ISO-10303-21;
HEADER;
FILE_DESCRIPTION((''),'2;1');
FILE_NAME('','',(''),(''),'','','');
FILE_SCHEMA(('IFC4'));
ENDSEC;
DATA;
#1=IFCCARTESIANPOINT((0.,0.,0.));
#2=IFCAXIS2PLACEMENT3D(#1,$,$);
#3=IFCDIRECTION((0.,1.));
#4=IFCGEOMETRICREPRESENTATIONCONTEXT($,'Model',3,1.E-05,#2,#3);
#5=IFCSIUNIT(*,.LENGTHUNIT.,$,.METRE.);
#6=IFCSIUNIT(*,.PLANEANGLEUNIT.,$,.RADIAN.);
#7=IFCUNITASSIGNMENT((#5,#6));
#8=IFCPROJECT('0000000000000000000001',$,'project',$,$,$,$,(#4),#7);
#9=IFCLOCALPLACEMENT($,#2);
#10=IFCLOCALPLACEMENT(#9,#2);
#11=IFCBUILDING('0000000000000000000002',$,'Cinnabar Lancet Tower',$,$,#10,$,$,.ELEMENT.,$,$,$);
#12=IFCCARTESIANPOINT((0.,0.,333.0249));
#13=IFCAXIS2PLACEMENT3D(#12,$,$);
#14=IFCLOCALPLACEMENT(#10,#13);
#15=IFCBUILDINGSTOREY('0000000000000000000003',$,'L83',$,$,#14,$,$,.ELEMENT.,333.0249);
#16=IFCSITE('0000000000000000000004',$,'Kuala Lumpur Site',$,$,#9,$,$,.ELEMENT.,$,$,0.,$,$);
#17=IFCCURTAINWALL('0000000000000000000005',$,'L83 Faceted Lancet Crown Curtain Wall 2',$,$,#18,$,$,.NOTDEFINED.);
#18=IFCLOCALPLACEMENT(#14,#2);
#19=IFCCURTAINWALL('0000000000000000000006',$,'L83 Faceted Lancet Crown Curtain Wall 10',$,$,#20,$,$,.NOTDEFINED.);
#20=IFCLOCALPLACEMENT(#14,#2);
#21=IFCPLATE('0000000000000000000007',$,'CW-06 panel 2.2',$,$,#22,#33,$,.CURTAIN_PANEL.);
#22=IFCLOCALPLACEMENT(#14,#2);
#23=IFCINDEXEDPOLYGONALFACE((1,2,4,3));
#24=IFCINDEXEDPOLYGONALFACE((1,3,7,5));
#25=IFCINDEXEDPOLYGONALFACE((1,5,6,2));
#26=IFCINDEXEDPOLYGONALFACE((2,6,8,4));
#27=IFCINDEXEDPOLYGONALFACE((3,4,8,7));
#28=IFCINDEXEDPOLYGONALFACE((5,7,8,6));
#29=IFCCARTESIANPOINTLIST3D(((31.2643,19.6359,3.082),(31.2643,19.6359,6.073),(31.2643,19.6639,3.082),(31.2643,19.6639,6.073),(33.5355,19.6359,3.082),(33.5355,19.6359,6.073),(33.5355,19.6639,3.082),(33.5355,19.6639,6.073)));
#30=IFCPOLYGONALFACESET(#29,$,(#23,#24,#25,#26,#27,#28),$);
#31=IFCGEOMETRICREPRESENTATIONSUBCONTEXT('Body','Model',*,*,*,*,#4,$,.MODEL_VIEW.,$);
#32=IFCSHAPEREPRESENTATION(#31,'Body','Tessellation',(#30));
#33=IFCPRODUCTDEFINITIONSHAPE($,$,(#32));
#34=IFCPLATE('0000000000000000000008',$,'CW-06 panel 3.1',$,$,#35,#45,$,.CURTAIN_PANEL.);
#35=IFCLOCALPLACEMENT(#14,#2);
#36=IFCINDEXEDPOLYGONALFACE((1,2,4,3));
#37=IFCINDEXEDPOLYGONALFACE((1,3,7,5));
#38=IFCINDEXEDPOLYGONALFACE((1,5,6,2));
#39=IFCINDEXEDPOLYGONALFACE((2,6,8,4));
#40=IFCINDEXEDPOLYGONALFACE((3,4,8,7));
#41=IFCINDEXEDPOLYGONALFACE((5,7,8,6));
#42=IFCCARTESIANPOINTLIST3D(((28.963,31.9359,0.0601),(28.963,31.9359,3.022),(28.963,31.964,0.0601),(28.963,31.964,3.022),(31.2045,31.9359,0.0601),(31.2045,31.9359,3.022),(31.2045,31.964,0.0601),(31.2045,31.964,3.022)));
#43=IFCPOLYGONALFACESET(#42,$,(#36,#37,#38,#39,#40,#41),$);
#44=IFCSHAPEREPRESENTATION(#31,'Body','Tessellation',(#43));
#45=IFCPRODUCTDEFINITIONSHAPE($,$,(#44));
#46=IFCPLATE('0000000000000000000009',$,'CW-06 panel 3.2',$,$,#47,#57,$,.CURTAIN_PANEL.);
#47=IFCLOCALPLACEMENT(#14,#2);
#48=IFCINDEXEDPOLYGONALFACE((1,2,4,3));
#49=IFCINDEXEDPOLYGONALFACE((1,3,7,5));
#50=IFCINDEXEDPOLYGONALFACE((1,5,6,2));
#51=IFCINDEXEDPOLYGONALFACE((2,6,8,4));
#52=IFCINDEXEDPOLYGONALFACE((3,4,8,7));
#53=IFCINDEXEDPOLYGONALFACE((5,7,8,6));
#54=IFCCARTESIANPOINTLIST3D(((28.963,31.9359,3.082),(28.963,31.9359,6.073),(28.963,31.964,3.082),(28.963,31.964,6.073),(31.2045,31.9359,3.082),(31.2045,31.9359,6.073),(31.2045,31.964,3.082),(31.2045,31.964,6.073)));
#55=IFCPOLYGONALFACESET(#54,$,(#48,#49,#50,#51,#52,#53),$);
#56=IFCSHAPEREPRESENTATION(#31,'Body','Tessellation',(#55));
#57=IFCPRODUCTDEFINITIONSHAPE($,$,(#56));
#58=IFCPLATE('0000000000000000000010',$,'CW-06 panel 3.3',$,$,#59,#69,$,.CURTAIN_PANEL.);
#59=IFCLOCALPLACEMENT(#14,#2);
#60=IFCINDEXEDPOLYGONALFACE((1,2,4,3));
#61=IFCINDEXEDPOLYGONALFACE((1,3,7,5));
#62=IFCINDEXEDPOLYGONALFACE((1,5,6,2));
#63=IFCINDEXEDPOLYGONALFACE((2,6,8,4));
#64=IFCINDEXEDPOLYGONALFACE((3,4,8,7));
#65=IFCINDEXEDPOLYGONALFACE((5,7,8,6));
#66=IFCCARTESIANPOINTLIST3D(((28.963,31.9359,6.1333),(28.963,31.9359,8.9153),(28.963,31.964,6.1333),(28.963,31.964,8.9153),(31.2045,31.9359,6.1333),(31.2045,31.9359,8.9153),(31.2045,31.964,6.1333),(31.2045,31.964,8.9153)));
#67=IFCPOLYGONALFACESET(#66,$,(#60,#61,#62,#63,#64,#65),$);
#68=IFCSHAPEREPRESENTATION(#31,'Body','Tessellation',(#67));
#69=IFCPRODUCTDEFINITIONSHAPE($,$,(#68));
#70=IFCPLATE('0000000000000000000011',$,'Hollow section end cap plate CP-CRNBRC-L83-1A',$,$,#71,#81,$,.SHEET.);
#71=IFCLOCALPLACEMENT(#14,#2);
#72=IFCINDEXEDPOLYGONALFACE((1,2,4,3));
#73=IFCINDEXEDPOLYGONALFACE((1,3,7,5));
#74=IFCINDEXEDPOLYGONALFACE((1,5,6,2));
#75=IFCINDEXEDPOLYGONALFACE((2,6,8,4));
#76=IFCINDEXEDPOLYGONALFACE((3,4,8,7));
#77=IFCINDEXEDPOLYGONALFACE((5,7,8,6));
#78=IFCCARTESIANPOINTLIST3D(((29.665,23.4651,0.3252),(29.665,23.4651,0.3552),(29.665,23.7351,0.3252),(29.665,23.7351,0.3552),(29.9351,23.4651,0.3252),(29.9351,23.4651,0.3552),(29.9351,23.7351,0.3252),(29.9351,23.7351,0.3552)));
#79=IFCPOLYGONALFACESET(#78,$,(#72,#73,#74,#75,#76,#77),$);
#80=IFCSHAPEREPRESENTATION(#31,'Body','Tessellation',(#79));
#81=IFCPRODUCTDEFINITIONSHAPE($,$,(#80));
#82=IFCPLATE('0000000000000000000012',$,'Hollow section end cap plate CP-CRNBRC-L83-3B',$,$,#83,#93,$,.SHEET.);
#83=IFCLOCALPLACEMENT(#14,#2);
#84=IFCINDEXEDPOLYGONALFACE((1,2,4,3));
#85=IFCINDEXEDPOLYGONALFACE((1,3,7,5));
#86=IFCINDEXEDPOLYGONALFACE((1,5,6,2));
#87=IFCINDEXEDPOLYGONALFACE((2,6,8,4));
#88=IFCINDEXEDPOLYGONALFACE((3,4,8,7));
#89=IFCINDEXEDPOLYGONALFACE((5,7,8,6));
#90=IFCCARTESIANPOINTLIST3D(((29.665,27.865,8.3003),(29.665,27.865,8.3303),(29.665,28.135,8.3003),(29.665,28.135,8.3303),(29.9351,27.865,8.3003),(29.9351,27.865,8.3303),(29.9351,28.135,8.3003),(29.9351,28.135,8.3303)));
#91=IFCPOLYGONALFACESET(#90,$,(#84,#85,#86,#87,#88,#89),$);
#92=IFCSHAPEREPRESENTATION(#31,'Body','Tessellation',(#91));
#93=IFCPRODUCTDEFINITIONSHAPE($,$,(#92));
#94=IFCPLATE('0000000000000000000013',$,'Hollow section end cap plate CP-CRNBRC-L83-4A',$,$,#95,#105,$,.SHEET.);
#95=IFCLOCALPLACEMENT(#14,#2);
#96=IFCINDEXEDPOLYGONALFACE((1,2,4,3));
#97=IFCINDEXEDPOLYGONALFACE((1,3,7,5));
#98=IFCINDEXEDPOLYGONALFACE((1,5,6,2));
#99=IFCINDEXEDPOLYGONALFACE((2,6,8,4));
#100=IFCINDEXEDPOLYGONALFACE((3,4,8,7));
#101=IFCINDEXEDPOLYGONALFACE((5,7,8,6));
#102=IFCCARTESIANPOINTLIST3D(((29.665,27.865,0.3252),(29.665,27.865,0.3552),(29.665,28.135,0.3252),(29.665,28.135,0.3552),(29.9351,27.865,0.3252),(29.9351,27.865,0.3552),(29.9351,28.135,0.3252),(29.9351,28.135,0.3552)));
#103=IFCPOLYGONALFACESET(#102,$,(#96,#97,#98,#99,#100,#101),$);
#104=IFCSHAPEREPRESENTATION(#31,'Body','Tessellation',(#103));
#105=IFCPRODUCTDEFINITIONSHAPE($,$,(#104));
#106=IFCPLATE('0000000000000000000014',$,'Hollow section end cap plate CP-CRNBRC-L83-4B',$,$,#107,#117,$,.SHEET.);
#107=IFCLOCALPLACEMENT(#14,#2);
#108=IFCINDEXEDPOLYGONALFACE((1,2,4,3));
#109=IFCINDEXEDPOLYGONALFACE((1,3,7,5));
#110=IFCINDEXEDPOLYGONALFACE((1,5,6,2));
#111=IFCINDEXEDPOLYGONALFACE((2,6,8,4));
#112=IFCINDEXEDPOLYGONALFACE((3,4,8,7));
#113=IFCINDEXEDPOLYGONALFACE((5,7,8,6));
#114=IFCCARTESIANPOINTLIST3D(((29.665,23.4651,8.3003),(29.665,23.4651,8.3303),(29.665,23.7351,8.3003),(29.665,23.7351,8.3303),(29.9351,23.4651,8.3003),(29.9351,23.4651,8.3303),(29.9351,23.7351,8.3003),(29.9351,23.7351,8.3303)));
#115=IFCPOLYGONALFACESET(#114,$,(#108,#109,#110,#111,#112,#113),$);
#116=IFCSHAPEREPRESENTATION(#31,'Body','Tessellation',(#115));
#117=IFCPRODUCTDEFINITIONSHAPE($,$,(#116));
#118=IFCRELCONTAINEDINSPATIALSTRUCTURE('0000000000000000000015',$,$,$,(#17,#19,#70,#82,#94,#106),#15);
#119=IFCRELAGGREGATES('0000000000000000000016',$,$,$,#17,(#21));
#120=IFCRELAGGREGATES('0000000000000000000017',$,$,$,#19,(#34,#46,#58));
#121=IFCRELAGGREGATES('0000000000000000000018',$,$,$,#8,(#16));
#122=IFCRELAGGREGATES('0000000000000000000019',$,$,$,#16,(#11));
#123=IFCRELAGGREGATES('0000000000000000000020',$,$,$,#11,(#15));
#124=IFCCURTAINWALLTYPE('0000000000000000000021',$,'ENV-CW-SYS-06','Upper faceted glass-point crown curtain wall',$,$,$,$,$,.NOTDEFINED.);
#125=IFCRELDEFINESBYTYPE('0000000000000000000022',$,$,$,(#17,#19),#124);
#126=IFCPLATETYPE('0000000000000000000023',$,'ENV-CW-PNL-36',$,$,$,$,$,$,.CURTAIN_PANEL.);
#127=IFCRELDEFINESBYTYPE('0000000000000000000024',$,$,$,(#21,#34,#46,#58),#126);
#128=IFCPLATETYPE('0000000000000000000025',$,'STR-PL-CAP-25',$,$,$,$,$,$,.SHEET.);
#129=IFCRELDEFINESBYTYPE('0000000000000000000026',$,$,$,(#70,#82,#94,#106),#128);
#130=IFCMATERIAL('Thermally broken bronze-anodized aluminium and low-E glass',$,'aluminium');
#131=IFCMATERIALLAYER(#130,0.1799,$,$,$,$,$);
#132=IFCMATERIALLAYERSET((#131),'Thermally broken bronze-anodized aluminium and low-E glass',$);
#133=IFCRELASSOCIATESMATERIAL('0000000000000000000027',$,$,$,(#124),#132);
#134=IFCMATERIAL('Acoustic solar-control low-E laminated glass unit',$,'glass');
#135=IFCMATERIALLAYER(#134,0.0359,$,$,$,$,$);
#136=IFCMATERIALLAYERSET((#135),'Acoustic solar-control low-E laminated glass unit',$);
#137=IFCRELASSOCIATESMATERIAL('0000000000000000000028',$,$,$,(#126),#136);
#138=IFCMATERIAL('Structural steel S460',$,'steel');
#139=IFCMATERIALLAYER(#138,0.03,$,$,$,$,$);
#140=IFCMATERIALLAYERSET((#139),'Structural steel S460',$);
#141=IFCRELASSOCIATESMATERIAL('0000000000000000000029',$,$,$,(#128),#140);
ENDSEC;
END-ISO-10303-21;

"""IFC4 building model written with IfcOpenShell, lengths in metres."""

from ifc_helpers import new_model, si_unit, direction, frame, origin, origin_2d, place, context, subcontext, project, spatial, rectangle, extrude, material, layer, layer_set, type_object, element, aggregate, save


model = new_model("IFC4")

# Units and contexts
model_context = context("Model", 3, precision=1e-05, world=origin(), true_north=direction((0.0, 1.0)))
body_context = subcontext(model_context, "Body", "Model", "MODEL_VIEW")
ifc_project = project(units=[si_unit("LENGTHUNIT", "METRE"), si_unit("PLANEANGLEUNIT", "RADIAN")], contexts=[model_context])

# Site, building, storey
site_placement = place(None, origin())
site = spatial("IfcSite", under=ifc_project, at=site_placement, Name="Kuala Lumpur Site", CompositionType="ELEMENT", RefElevation=0.0)
building_placement = place(site_placement, origin())
building = spatial("IfcBuilding", under=site, at=building_placement, Name="Cinnabar Lancet Tower", CompositionType="ELEMENT")
storey_placement = place(building_placement, frame((0.0, 0.0, 333.0249)))
storey = spatial("IfcBuildingStorey", under=building, at=storey_placement, Name="L83", CompositionType="ELEMENT", Elevation=333.0249)

# Curtain walls
ifc_material_1 = material(Name="Thermally broken bronze-anodized aluminium and low-E glass", Category="aluminium")
ifc_layer_1 = layer(ifc_material_1, 0.1799)
ifc_layer_set_1 = layer_set([ifc_layer_1], Name="Thermally broken bronze-anodized aluminium and low-E glass")
curtain_wall_type = type_object("IfcCurtainWallType", Name="ENV-CW-SYS-06", Description="Upper faceted glass-point crown curtain wall", PredefinedType="NOTDEFINED", material=ifc_layer_set_1)
curtain_wall_1_placement = place(storey_placement, origin())
curtain_wall_1 = element("IfcCurtainWall", 1, at=curtain_wall_1_placement, inside=storey, type_object=curtain_wall_type, Name="L83 Faceted Lancet Crown Curtain Wall 2", PredefinedType="NOTDEFINED")
curtain_wall_2_placement = place(storey_placement, origin())
curtain_wall_2 = element("IfcCurtainWall", 2, at=curtain_wall_2_placement, inside=storey, type_object=curtain_wall_type, Name="L83 Faceted Lancet Crown Curtain Wall 10", PredefinedType="NOTDEFINED")

# Plates
ifc_material_2 = material(Name="Acoustic solar-control low-E laminated glass unit", Category="glass")
ifc_layer_2 = layer(ifc_material_2, 0.0359)
ifc_layer_set_2 = layer_set([ifc_layer_2], Name="Acoustic solar-control low-E laminated glass unit")
plate_type_1 = type_object("IfcPlateType", Name="ENV-CW-PNL-36", PredefinedType="CURTAIN_PANEL", material=ifc_layer_set_2)
plate_1_placement = place(storey_placement, frame((32.3999, 19.6499, 3.082), z_axis=(0.0, 0.0, 1.0), x_axis=(1.0, 0.0, 0.0)))
plate_1 = element("IfcPlate", 3, at=plate_1_placement, type_object=plate_type_1, Name="CW-06 panel 2.2", PredefinedType="CURTAIN_PANEL", context=body_context, shape_type="SweptSolid", body=[
    extrude(rectangle(XDim=2.2712, YDim=0.0281, at=origin_2d()), origin(), (0.0, 0.0, 1.0), 2.991),
])
aggregate(curtain_wall_1, [plate_1])
plate_2_placement = place(storey_placement, frame((30.0837, 31.95, 0.0601), z_axis=(0.0, 0.0, 1.0), x_axis=(-1.0, 0.0, 0.0)))
plate_2 = element("IfcPlate", 4, at=plate_2_placement, type_object=plate_type_1, Name="CW-06 panel 3.1", PredefinedType="CURTAIN_PANEL", context=body_context, shape_type="SweptSolid", body=[
    extrude(rectangle(XDim=2.2415, YDim=0.0281, at=origin_2d()), origin(), (0.0, 0.0, 1.0), 2.9619),
])
plate_3_placement = place(storey_placement, frame((30.0837, 31.95, 3.082), z_axis=(0.0, 0.0, 1.0), x_axis=(-1.0, 0.0, 0.0)))
plate_3 = element("IfcPlate", 5, at=plate_3_placement, type_object=plate_type_1, Name="CW-06 panel 3.2", PredefinedType="CURTAIN_PANEL", context=body_context, shape_type="SweptSolid", body=[
    extrude(rectangle(XDim=2.2415, YDim=0.0281, at=origin_2d()), origin(), (0.0, 0.0, 1.0), 2.991),
])
plate_4_placement = place(storey_placement, frame((30.0837, 31.95, 6.1333), z_axis=(0.0, 0.0, 1.0), x_axis=(-1.0, 0.0, 0.0)))
plate_4 = element("IfcPlate", 6, at=plate_4_placement, type_object=plate_type_1, Name="CW-06 panel 3.3", PredefinedType="CURTAIN_PANEL", context=body_context, shape_type="SweptSolid", body=[
    extrude(rectangle(XDim=2.2415, YDim=0.0281, at=origin_2d()), origin(), (0.0, 0.0, 1.0), 2.782),
])
aggregate(curtain_wall_2, [plate_2, plate_3, plate_4])

# Plates
ifc_material_3 = material(Name="Structural steel S460", Category="steel")
ifc_layer_3 = layer(ifc_material_3, 0.03)
ifc_layer_set_3 = layer_set([ifc_layer_3], Name="Structural steel S460")
plate_type_2 = type_object("IfcPlateType", Name="STR-PL-CAP-25", PredefinedType="SHEET", material=ifc_layer_set_3)
for number, where, z_axis, x_axis, name in (
    (7, (29.8, 23.6001, 0.3252), (0.0, 0.0, 1.0), (-1.0, 0.0, 0.0), "Hollow section end cap plate CP-CRNBRC-L83-1A"),
    (8, (29.8, 28.0, 8.3003), (0.0, 0.0, 1.0), (-1.0, 0.0, 0.0), "Hollow section end cap plate CP-CRNBRC-L83-3B"),
    (9, (29.8, 28.0, 0.3252), (0.0, 0.0, 1.0), (0.0, 1.0, 0.0), "Hollow section end cap plate CP-CRNBRC-L83-4A"),
    (10, (29.8, 23.6001, 8.3003), (0.0, 0.0, 1.0), (0.0, -1.0, 0.0), "Hollow section end cap plate CP-CRNBRC-L83-4B"),
):
    element("IfcPlate", number, at=place(storey_placement, frame(where, z_axis=z_axis, x_axis=x_axis)), inside=storey, type_object=plate_type_2, Name=name, PredefinedType="SHEET", context=body_context, shape_type="SweptSolid", body=[
        extrude(rectangle(XDim=0.27, YDim=0.27, at=origin_2d()), origin(), (0.0, 0.0, 1.0), 0.03),
    ])

save(model, "model.ifc")
